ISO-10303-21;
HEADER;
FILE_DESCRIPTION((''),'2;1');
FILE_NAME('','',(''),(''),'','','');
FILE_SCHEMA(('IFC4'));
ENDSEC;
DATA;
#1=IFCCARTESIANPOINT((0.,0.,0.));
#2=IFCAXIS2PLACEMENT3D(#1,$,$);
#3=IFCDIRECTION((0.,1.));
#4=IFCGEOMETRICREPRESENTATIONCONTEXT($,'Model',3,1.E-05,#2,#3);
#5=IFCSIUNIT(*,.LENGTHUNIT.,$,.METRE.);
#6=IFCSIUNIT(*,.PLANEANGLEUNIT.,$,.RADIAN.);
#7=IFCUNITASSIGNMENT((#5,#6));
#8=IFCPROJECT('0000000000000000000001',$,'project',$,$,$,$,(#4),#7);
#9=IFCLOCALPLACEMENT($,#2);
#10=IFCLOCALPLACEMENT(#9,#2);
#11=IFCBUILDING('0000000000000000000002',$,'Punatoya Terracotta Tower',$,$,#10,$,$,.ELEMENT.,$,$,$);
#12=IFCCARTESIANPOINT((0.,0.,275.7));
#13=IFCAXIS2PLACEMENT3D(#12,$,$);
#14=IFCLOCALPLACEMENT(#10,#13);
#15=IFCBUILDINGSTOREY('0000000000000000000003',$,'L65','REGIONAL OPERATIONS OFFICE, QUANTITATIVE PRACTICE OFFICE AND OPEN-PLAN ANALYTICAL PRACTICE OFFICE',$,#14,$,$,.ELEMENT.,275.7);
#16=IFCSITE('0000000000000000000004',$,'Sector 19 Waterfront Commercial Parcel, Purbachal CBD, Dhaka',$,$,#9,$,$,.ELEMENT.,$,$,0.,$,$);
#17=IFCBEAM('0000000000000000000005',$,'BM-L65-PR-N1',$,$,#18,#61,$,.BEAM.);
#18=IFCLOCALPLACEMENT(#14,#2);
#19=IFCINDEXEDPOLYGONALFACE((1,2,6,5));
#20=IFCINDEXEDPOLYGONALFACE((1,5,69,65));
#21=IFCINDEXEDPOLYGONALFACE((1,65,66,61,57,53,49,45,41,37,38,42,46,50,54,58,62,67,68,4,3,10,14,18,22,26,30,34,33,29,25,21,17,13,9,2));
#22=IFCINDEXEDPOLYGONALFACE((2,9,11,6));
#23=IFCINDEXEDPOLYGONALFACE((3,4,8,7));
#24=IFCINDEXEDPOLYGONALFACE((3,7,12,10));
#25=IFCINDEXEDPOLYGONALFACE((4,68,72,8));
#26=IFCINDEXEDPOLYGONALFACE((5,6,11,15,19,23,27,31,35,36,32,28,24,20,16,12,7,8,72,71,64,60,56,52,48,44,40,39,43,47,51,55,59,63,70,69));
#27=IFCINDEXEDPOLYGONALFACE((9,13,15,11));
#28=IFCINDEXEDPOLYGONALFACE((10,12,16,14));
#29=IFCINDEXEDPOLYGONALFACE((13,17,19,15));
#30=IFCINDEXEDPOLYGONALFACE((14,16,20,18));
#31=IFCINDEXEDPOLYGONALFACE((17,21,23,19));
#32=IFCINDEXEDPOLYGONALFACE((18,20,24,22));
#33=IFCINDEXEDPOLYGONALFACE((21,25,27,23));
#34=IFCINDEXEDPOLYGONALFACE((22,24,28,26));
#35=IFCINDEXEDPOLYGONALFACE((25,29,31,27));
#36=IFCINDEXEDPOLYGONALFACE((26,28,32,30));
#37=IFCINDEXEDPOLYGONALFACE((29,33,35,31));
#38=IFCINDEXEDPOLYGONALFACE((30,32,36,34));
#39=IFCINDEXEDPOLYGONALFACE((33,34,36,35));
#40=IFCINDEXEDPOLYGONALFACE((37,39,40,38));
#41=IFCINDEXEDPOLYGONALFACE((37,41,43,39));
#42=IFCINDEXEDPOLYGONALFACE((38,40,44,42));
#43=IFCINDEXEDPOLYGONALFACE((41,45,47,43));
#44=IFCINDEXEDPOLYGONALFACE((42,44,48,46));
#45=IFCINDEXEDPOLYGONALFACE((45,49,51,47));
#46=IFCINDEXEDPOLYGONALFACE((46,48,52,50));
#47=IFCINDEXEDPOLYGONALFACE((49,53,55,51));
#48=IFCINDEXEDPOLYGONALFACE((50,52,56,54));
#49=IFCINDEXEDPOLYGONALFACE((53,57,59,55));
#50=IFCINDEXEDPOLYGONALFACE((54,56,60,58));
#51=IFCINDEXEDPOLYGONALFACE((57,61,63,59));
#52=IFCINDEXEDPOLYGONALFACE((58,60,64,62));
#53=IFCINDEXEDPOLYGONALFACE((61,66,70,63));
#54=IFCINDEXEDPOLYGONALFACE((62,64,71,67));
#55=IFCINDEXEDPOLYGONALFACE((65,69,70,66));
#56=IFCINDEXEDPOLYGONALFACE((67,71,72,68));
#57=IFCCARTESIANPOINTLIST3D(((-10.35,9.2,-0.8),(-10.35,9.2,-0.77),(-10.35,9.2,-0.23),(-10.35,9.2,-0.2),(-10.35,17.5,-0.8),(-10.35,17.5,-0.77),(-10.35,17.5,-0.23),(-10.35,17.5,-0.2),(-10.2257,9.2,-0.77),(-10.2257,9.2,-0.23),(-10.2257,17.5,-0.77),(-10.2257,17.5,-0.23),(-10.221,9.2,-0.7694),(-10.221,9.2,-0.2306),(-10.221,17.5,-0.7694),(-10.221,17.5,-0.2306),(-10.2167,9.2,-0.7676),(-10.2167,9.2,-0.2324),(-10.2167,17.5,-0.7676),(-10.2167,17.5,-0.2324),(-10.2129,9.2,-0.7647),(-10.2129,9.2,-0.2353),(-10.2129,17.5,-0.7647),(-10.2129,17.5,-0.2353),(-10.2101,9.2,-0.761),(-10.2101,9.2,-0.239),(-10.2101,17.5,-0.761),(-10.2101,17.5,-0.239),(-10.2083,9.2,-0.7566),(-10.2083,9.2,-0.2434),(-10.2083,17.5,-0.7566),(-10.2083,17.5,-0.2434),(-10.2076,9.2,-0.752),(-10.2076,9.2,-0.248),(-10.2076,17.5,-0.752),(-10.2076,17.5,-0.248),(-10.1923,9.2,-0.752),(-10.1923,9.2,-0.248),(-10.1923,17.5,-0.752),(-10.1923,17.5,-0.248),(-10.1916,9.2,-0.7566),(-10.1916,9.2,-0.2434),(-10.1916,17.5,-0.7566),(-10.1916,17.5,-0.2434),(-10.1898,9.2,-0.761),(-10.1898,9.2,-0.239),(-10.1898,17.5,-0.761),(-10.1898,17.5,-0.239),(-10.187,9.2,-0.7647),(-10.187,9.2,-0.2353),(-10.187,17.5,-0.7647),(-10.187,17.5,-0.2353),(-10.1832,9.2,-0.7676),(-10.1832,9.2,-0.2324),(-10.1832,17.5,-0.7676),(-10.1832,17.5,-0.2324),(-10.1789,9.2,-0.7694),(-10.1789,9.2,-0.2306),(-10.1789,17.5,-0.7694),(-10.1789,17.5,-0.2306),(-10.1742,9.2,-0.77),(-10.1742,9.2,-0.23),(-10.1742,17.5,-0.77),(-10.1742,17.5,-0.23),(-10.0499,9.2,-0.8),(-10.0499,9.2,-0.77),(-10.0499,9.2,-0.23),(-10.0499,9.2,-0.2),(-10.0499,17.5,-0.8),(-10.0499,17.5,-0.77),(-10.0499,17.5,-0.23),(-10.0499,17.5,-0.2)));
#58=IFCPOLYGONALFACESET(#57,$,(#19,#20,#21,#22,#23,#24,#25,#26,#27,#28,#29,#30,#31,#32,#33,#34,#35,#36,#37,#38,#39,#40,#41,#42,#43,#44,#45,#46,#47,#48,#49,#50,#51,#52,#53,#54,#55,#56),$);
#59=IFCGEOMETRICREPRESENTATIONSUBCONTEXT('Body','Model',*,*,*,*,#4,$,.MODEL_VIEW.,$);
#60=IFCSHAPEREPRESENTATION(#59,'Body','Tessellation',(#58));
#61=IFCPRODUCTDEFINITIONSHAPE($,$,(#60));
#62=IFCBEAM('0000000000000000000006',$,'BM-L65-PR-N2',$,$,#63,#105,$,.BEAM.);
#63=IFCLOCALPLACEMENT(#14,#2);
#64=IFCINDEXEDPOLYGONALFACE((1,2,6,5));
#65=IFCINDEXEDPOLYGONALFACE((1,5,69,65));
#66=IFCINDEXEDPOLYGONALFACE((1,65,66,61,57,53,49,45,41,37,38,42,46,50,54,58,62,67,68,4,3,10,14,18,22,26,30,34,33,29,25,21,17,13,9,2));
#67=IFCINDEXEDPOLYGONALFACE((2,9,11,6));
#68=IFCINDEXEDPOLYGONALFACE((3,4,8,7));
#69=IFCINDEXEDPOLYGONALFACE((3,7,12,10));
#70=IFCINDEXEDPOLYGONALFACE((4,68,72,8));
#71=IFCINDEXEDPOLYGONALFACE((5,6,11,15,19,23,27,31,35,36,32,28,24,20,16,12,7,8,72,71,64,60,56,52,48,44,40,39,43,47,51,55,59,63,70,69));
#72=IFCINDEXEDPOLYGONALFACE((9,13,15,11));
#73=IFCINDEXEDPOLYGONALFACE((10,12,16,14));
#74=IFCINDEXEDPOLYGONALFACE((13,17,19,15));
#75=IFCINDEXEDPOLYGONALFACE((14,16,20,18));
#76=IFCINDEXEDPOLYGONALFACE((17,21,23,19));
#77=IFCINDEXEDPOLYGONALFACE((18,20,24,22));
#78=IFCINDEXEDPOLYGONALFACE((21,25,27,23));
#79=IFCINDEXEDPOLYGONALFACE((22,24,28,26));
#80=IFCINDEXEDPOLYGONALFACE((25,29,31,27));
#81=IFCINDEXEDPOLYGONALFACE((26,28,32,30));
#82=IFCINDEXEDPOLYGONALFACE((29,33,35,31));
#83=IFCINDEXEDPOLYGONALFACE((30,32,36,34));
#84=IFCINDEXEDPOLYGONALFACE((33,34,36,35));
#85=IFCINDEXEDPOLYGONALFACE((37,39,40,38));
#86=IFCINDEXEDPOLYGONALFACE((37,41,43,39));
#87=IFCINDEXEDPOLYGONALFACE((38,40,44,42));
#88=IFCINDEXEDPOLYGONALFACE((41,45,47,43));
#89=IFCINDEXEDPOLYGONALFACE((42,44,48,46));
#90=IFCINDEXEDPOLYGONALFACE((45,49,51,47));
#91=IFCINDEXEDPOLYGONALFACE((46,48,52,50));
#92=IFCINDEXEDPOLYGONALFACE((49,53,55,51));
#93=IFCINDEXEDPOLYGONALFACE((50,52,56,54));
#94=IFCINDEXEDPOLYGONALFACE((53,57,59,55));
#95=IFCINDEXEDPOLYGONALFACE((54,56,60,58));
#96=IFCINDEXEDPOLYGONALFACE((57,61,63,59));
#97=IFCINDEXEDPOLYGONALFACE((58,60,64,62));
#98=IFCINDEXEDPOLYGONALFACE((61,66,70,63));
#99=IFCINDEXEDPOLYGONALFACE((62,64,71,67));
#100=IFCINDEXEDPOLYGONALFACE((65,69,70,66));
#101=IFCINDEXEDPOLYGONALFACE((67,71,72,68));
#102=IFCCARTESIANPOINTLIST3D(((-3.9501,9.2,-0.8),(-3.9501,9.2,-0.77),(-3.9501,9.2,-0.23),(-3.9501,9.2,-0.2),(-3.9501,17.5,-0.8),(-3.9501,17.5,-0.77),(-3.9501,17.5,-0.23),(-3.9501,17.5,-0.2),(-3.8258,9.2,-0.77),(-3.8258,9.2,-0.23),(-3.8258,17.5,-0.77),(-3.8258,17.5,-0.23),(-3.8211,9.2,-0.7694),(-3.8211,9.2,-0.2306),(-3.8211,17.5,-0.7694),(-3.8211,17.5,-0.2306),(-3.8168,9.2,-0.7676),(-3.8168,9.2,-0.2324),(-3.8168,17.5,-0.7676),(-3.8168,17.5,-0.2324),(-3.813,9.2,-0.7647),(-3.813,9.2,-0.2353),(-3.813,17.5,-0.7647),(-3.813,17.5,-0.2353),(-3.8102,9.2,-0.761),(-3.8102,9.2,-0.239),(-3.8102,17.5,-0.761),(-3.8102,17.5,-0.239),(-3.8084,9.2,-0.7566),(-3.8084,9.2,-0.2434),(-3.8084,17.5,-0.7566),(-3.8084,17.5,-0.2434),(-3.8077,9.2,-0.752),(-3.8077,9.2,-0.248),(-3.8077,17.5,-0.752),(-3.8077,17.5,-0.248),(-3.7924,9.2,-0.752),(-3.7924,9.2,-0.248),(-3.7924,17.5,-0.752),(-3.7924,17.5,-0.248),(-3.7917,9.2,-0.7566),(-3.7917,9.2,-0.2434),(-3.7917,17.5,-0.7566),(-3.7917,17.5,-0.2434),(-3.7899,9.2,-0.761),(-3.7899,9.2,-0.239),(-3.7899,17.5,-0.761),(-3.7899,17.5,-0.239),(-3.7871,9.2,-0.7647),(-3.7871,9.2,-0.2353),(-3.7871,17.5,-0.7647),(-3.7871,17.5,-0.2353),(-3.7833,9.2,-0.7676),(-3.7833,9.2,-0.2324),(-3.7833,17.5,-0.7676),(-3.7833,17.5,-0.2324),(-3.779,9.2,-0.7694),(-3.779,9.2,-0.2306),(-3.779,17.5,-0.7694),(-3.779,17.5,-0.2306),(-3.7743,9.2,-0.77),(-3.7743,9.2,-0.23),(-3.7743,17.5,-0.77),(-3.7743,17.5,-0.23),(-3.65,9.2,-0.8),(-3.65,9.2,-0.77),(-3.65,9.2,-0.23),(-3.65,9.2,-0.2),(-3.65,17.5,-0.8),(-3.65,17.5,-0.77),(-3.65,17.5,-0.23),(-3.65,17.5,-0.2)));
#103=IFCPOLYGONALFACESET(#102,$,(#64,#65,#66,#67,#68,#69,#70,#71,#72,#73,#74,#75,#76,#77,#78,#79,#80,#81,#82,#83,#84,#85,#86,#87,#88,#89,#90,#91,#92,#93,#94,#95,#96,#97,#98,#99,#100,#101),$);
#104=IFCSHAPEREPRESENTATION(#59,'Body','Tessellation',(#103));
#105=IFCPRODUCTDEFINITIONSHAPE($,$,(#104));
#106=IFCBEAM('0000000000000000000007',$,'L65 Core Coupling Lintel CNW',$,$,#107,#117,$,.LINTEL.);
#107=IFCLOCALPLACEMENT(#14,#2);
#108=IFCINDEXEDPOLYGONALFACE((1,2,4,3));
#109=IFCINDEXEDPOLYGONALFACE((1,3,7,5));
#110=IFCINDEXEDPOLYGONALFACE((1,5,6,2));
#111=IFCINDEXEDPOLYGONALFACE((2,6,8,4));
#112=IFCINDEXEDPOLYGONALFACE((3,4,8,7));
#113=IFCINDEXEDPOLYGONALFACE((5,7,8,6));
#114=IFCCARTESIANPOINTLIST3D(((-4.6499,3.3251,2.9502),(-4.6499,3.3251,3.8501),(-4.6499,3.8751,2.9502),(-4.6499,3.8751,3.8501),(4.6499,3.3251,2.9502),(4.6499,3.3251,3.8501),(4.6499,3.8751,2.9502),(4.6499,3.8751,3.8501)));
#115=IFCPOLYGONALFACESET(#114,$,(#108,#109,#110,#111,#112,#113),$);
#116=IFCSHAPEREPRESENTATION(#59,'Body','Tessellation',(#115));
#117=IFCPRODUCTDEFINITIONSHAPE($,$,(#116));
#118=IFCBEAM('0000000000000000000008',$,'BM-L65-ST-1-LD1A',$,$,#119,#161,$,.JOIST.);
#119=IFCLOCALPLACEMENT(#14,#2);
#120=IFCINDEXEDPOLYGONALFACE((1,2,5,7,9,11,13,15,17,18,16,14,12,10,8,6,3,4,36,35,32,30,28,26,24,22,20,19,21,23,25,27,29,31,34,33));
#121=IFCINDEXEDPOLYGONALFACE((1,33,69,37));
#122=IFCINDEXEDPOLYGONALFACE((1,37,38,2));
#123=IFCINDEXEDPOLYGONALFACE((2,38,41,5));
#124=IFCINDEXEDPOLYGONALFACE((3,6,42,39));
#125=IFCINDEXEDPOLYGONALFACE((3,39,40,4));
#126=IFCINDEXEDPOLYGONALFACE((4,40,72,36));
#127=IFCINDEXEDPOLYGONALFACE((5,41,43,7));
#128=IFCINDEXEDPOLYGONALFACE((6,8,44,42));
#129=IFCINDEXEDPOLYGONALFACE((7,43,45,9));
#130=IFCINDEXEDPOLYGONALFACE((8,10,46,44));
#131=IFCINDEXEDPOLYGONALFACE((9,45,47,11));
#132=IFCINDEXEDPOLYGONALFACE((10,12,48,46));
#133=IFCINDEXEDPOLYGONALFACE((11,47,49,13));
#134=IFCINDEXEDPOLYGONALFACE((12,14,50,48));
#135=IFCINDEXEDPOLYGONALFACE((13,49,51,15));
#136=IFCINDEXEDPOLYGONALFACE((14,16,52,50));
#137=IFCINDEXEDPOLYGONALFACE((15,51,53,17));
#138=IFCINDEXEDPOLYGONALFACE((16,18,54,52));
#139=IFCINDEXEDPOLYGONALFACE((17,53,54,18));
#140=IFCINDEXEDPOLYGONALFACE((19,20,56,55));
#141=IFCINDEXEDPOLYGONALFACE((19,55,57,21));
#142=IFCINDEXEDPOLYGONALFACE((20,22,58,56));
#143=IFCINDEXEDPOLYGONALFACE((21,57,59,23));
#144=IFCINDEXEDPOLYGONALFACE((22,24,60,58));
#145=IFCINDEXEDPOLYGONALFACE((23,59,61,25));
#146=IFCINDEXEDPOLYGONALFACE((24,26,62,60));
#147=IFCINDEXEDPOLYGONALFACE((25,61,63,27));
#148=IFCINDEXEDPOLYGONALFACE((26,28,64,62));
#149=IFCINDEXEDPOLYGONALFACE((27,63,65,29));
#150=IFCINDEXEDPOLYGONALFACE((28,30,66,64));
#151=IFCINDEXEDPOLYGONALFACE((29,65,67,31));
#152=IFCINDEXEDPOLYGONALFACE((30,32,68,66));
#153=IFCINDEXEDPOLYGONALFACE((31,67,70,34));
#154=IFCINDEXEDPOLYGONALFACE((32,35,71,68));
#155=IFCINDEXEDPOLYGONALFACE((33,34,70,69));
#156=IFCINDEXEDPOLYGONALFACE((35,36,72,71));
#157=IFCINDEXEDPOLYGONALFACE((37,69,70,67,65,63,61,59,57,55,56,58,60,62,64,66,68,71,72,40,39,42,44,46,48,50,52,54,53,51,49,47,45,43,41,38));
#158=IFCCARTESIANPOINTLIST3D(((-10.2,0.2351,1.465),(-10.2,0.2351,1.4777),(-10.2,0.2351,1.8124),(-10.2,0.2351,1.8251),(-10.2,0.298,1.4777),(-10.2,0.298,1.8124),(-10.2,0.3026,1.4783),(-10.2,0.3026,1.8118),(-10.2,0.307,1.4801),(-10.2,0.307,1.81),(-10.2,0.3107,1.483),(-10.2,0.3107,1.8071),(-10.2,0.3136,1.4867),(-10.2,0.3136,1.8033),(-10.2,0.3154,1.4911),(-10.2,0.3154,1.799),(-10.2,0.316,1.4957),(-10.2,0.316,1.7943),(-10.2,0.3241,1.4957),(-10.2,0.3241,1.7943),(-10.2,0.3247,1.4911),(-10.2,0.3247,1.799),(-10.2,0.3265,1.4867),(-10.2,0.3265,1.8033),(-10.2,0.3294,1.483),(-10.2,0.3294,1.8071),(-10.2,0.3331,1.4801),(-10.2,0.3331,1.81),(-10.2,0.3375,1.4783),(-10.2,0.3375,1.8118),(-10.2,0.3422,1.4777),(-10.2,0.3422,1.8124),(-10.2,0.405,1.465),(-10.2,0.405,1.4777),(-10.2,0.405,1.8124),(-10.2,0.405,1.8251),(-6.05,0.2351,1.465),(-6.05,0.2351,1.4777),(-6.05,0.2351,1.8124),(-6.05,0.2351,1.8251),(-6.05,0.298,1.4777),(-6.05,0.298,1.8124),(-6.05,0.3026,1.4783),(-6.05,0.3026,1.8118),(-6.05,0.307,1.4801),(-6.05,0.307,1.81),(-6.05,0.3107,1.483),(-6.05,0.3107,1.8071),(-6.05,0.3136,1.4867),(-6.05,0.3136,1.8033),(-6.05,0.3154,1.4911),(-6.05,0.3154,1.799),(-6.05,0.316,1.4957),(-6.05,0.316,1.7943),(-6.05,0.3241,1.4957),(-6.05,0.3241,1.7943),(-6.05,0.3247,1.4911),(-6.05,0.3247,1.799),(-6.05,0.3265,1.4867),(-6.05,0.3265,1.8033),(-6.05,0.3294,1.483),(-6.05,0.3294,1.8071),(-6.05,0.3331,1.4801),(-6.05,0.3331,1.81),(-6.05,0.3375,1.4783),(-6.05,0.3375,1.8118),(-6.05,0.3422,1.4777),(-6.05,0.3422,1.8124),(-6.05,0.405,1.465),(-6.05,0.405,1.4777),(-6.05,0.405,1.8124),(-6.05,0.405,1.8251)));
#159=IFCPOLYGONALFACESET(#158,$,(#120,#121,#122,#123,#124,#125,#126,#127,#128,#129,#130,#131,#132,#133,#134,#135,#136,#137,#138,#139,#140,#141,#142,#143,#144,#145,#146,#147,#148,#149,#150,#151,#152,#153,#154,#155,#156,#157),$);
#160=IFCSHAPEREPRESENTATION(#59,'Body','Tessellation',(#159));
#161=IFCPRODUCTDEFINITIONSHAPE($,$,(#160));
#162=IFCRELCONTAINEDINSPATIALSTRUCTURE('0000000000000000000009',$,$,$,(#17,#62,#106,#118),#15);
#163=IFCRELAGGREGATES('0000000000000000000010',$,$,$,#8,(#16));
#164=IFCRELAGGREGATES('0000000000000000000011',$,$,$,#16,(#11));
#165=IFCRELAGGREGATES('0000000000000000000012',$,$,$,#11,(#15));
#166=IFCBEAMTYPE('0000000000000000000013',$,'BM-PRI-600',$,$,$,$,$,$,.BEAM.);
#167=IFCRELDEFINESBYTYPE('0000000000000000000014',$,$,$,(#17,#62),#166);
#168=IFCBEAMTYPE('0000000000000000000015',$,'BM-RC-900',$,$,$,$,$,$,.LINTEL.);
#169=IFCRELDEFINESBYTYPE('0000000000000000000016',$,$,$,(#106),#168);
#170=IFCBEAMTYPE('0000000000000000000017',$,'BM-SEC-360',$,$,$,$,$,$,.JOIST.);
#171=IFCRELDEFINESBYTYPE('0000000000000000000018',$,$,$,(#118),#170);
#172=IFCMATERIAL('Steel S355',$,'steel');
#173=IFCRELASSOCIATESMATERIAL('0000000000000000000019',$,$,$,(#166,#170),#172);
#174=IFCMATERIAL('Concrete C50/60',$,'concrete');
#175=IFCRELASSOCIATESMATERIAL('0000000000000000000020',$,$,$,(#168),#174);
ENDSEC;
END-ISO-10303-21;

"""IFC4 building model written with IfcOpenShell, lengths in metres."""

from ifc_helpers import new_model, si_unit, direction, frame, origin, origin_2d, place, context, subcontext, project, spatial, rectangle, i_section, extrude, material, material_profile, profile_set, type_object, element, save


model = new_model("IFC4")

# Units and contexts
model_context = context("Model", 3, precision=1e-05, world=origin(), true_north=direction((0.0, 1.0)))
body_context = subcontext(model_context, "Body", "Model", "MODEL_VIEW")
ifc_project = project(units=[si_unit("LENGTHUNIT", "METRE"), si_unit("PLANEANGLEUNIT", "RADIAN")], contexts=[model_context])

# Site, building, storey
site_placement = place(None, origin())
site = spatial("IfcSite", under=ifc_project, at=site_placement, Name="Sector 19 Waterfront Commercial Parcel, Purbachal CBD, Dhaka", CompositionType="ELEMENT", RefElevation=0.0)
building_placement = place(site_placement, origin())
building = spatial("IfcBuilding", under=site, at=building_placement, Name="Punatoya Terracotta Tower", CompositionType="ELEMENT")
storey_placement = place(building_placement, frame((0.0, 0.0, 275.7)))
storey = spatial("IfcBuildingStorey", under=building, at=storey_placement, Name="L65", Description="REGIONAL OPERATIONS OFFICE, QUANTITATIVE PRACTICE OFFICE AND OPEN-PLAN ANALYTICAL PRACTICE OFFICE", CompositionType="ELEMENT", Elevation=275.7)

# Beams
ifc_material_1 = material(Name="Steel S355", Category="steel")
ifc_material_profile_1 = material_profile(ifc_material_1, i_section(OverallWidth=0.3, OverallDepth=0.6001, WebThickness=0.0154, FlangeThickness=0.03, FilletRadius=0.0181, at=origin_2d()))
ifc_profile_set_1 = profile_set([ifc_material_profile_1], Name="Steel S355")
beam_type_1 = type_object("IfcBeamType", Name="BM-PRI-600", PredefinedType="BEAM", material=ifc_profile_set_1)
for number, where, z_axis, x_axis, name in (
    (1, (-10.2, 9.2, -0.5), (0.0, 1.0, 0.0), (-1.0, 0.0, 0.0), "BM-L65-PR-N1"),
    (2, (-3.8, 9.2, -0.5), (0.0, 1.0, 0.0), (-1.0, 0.0, 0.0), "BM-L65-PR-N2"),
):
    element("IfcBeam", number, at=place(storey_placement, frame(where, z_axis=z_axis, x_axis=x_axis)), inside=storey, type_object=beam_type_1, Name=name, PredefinedType="BEAM", context=body_context, shape_type="SweptSolid", body=[
        extrude(i_section(OverallWidth=0.3, OverallDepth=0.6001, WebThickness=0.0154, FlangeThickness=0.03, FilletRadius=0.0181, at=origin_2d()), origin(), (0.0, 0.0, 1.0), 8.3),
    ])
ifc_material_2 = material(Name="Concrete C50/60", Category="concrete")
ifc_material_profile_2 = material_profile(ifc_material_2, rectangle(XDim=0.55, YDim=0.8999, at=origin_2d()))
ifc_profile_set_2 = profile_set([ifc_material_profile_2], Name="Concrete C50/60")
beam_type_2 = type_object("IfcBeamType", Name="BM-RC-900", PredefinedType="LINTEL", material=ifc_profile_set_2)
beam_placement = place(storey_placement, frame((-4.6499, 3.6001, 3.4001), z_axis=(1.0, 0.0, 0.0), x_axis=(0.0, 1.0, 0.0)))
element("IfcBeam", 3, at=beam_placement, inside=storey, type_object=beam_type_2, Name="L65 Core Coupling Lintel CNW", PredefinedType="LINTEL", context=body_context, shape_type="SweptSolid", body=[
    extrude(rectangle(XDim=0.55, YDim=0.8999, at=origin_2d()), origin(), (0.0, 0.0, 1.0), 9.2998),
])
ifc_material_profile_3 = material_profile(ifc_material_1, i_section(OverallWidth=0.1699, OverallDepth=0.3601, WebThickness=0.0081, FlangeThickness=0.0127, FilletRadius=0.0181, at=origin_2d()))
ifc_profile_set_3 = profile_set([ifc_material_profile_3], Name="Steel S355")
beam_type_3 = type_object("IfcBeamType", Name="BM-SEC-360", PredefinedType="JOIST", material=ifc_profile_set_3)
for number, where, z_axis, x_axis, name in (
    (4, (-10.2, 0.3201, 1.645), (1.0, 0.0, 0.0), (0.0, 1.0, 0.0), "BM-L65-ST-1-LD1A"),
):
    element("IfcBeam", number, at=place(storey_placement, frame(where, z_axis=z_axis, x_axis=x_axis)), inside=storey, type_object=beam_type_3, Name=name, PredefinedType="JOIST", context=body_context, shape_type="SweptSolid", body=[
        extrude(i_section(OverallWidth=0.1699, OverallDepth=0.3601, WebThickness=0.0081, FlangeThickness=0.0127, FilletRadius=0.0181, at=origin_2d()), origin(), (0.0, 0.0, 1.0), 4.1499),
    ])

save(model, "model.ifc")
